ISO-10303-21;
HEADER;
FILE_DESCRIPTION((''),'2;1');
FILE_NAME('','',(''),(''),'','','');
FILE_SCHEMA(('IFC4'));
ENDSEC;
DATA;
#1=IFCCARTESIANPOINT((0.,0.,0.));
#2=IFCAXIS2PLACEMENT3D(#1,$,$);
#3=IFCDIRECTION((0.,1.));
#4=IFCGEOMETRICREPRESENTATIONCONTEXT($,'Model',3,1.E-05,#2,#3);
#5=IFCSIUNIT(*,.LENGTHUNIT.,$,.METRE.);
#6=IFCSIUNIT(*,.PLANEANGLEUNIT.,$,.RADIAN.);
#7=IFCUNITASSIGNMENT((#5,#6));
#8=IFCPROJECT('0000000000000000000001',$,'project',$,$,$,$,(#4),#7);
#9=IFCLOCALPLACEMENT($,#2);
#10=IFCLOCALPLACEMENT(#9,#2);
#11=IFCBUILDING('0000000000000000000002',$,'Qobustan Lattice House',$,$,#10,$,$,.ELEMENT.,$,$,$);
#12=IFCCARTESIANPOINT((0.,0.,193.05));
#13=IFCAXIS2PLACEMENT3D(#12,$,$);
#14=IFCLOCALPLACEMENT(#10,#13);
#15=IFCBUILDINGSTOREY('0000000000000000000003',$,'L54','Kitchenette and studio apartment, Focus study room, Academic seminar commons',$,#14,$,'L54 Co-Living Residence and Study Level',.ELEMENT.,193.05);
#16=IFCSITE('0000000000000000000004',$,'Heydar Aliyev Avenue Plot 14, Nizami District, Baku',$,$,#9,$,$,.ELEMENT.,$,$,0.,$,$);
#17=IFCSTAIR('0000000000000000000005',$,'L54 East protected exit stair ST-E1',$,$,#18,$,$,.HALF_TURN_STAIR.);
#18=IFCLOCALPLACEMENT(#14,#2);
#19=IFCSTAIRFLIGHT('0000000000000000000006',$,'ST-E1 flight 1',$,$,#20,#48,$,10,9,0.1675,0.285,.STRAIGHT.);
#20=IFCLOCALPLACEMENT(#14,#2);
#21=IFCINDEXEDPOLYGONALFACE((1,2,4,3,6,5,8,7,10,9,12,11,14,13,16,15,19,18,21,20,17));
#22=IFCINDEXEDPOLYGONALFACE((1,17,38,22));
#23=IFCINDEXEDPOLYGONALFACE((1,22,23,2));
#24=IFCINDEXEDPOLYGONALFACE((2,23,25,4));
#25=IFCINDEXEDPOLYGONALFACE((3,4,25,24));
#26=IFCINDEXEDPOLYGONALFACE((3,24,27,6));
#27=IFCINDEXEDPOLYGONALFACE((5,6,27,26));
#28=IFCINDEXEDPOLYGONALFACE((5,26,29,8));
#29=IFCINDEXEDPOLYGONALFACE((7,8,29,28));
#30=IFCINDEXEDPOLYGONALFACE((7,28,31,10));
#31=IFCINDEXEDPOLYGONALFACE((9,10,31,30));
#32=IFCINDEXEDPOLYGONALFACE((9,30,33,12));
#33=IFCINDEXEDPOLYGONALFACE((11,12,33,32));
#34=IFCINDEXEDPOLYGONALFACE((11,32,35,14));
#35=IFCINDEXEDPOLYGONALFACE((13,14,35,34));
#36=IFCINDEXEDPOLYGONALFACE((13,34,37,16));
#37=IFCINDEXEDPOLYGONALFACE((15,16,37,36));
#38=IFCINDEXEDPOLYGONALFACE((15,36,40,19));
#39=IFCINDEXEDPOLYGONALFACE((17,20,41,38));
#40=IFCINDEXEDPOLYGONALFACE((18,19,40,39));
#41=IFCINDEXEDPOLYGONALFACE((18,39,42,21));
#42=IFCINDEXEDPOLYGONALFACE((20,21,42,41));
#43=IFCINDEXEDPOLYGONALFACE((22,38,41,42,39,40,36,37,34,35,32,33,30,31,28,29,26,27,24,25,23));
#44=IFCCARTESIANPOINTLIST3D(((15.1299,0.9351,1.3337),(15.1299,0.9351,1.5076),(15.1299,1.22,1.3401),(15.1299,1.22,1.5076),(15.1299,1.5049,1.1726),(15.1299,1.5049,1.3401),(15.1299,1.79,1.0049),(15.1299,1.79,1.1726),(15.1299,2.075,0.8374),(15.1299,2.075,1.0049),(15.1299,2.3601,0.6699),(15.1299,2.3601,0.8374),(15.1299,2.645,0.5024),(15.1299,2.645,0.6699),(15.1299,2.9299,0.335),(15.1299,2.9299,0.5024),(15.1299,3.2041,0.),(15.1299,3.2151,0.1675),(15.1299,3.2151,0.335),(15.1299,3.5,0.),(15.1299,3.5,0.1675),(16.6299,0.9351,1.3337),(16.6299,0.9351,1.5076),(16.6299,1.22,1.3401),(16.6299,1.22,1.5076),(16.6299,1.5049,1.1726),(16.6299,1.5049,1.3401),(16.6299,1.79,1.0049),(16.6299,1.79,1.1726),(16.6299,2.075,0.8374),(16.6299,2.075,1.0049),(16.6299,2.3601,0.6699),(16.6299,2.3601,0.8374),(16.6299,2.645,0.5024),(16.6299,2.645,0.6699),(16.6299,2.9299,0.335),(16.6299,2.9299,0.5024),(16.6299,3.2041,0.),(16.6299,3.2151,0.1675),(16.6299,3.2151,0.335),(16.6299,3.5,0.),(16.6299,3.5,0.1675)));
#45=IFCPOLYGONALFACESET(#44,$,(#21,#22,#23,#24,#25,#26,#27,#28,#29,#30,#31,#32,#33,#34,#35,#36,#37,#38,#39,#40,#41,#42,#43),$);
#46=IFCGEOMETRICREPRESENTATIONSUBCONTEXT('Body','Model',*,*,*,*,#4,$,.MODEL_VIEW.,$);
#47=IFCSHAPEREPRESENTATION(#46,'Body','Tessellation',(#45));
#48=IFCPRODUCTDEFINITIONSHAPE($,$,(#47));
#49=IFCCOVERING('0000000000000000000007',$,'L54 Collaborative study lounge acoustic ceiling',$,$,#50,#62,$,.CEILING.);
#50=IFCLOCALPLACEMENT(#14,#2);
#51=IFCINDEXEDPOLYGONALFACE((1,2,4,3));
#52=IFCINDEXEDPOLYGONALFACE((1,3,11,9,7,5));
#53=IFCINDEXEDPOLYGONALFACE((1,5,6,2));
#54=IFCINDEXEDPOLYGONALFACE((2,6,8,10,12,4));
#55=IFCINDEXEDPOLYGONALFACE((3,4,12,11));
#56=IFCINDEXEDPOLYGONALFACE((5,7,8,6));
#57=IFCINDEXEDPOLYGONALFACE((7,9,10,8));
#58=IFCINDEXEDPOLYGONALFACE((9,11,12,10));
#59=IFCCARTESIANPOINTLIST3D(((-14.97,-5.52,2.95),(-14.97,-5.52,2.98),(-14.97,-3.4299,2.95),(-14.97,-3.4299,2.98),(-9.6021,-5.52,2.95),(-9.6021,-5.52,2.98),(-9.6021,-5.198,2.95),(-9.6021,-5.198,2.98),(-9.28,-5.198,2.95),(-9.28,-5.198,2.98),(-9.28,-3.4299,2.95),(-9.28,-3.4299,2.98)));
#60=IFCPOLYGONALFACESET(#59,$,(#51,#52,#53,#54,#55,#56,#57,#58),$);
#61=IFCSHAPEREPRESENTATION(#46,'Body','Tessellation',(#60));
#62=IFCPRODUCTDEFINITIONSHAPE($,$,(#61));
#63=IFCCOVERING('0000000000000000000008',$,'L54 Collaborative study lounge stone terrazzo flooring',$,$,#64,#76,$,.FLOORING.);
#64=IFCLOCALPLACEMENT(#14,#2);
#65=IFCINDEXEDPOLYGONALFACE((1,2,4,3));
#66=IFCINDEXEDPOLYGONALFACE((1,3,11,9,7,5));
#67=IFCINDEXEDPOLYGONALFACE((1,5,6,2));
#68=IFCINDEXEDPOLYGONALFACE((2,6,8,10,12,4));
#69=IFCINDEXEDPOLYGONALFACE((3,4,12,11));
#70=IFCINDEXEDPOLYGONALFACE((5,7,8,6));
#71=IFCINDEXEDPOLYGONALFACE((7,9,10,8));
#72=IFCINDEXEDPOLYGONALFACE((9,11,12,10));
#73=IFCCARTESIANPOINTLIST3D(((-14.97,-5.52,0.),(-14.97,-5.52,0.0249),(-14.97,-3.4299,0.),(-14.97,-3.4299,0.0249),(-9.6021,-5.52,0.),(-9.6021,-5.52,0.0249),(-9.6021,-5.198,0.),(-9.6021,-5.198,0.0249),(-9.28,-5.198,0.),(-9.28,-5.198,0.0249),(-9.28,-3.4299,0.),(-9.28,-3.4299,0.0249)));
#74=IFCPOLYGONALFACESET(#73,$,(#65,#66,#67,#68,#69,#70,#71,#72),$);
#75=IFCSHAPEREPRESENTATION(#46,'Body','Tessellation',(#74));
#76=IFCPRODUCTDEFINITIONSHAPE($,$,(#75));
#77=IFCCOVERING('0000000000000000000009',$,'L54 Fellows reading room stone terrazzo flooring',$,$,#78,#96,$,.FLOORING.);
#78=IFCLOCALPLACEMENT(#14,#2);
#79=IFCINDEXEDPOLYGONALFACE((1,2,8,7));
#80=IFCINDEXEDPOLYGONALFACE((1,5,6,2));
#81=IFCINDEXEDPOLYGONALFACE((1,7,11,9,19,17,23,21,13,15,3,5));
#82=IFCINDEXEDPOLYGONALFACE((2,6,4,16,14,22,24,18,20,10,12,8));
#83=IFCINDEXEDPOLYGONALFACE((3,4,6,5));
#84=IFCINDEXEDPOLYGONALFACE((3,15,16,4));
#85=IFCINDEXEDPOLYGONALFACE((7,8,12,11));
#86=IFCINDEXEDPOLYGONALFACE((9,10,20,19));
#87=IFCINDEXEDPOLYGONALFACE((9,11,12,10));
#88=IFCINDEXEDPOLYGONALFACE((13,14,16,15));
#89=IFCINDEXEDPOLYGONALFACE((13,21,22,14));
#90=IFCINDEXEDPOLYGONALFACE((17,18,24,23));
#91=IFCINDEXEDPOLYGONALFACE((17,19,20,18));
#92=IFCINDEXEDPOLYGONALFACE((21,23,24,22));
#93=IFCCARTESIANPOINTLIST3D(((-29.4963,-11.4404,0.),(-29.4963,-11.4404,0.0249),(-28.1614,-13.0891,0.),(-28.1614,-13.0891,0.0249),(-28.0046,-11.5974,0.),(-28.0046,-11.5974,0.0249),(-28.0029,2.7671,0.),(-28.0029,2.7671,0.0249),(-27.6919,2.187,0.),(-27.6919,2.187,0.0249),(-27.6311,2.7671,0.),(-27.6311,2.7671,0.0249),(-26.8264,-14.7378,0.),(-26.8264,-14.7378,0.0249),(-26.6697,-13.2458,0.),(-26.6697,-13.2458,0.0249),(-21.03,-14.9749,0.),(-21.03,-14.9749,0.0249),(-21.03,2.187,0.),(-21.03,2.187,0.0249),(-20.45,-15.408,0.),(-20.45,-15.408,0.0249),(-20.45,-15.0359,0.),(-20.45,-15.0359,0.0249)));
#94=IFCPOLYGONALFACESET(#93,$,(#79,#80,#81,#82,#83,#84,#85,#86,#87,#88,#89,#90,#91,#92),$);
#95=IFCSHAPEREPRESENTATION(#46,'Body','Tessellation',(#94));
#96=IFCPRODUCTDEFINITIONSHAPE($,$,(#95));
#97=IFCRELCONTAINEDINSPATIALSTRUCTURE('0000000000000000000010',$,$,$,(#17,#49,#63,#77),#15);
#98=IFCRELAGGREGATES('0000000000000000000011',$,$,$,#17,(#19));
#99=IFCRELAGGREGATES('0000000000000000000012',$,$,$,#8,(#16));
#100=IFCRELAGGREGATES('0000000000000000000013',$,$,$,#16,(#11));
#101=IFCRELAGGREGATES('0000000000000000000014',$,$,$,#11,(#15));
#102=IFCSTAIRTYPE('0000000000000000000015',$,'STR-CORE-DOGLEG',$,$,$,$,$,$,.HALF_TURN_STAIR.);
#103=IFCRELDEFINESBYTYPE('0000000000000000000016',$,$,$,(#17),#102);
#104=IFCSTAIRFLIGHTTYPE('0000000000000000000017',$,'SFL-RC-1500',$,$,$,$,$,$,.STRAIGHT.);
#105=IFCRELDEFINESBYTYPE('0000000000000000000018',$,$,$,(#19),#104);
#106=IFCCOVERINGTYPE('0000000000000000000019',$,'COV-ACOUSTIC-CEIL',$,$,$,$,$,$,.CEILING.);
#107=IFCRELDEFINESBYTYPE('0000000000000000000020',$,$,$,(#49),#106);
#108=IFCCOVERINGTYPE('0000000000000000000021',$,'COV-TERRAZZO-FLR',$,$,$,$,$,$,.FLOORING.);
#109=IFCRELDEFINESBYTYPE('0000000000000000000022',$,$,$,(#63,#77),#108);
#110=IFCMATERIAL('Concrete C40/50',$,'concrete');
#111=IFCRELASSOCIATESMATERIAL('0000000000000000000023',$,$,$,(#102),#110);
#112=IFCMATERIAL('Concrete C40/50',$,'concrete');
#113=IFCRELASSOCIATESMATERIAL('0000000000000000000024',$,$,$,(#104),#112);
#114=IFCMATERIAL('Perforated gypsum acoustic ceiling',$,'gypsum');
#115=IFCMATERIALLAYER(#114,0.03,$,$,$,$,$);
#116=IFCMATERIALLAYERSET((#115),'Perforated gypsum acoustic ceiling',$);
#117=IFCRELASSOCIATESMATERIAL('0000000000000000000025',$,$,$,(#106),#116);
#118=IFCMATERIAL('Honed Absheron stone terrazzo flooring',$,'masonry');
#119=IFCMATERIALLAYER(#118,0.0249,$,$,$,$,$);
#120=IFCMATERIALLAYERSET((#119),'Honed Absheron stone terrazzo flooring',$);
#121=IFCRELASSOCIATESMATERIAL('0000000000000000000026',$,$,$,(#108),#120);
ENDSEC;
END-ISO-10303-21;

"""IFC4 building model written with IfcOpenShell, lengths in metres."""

from ifc_helpers import new_model, si_unit, direction, frame, origin, place, context, subcontext, project, spatial, polyline, outline, extrude, material, layer, layer_set, type_object, element, aggregate, save


model = new_model("IFC4")

# Units and contexts
model_context = context("Model", 3, precision=1e-05, world=origin(), true_north=direction((0.0, 1.0)))
body_context = subcontext(model_context, "Body", "Model", "MODEL_VIEW")
ifc_project = project(units=[si_unit("LENGTHUNIT", "METRE"), si_unit("PLANEANGLEUNIT", "RADIAN")], contexts=[model_context])

# Site, building, storey
site_placement = place(None, origin())
site = spatial("IfcSite", under=ifc_project, at=site_placement, Name="Heydar Aliyev Avenue Plot 14, Nizami District, Baku", CompositionType="ELEMENT", RefElevation=0.0)
building_placement = place(site_placement, origin())
building = spatial("IfcBuilding", under=site, at=building_placement, Name="Qobustan Lattice House", CompositionType="ELEMENT")
storey_placement = place(building_placement, frame((0.0, 0.0, 193.05)))
storey = spatial("IfcBuildingStorey", under=building, at=storey_placement, Name="L54", Description="Kitchenette and studio apartment, Focus study room, Academic seminar commons", LongName="L54 Co-Living Residence and Study Level", CompositionType="ELEMENT", Elevation=193.05)

# Stair
ifc_material_1 = material(Name="Concrete C40/50", Category="concrete")
stair_type = type_object("IfcStairType", Name="STR-CORE-DOGLEG", PredefinedType="HALF_TURN_STAIR", material=ifc_material_1)
stair_placement = place(storey_placement, origin())
stair = element("IfcStair", 1, at=stair_placement, inside=storey, type_object=stair_type, Name="L54 East protected exit stair ST-E1", PredefinedType="HALF_TURN_STAIR")

# Stair flight
ifc_material_2 = material(Name="Concrete C40/50", Category="concrete")
stair_flight_type = type_object("IfcStairFlightType", Name="SFL-RC-1500", PredefinedType="STRAIGHT", material=ifc_material_2)
stair_flight_placement = place(storey_placement, frame((15.8799, 3.5, 0.0), z_axis=(0.0, 0.0, 1.0), x_axis=(0.0, -1.0, 0.0)))
stair_flight = element("IfcStairFlight", 2, at=stair_flight_placement, type_object=stair_flight_type, Name="ST-E1 flight 1", NumberOfRisers=10, NumberOfTreads=9, PredefinedType="STRAIGHT", RiserHeight=0.1675, TreadLength=0.285, context=body_context, shape_type="SweptSolid", body=[
    extrude(outline(polyline([(0.0, 0.0), (0.0, 0.1675), (0.2849, 0.1675), (0.2849, 0.335), (0.5701, 0.335), (0.5701, 0.5024), (0.855, 0.5024), (0.855, 0.6699), (1.1399, 0.6699), (1.1399, 0.8374), (1.425, 0.8374), (1.425, 1.0049), (1.71, 1.0049), (1.71, 1.1726), (1.9951, 1.1726), (1.9951, 1.3401), (2.28, 1.3401), (2.28, 1.5076), (2.5649, 1.5076), (2.5649, 1.675), (2.5649, 1.3337), (0.2959, 0.0), (0.0, 0.0)])), frame((0.0, 0.75, 0.0), z_axis=(0.0, -1.0, 0.0), x_axis=(1.0, 0.0, 0.0)), (0.0, 0.0, 1.0), 1.5),
])
aggregate(stair, [stair_flight])

# Coverings
ifc_material_3 = material(Name="Perforated gypsum acoustic ceiling", Category="gypsum")
ifc_layer_1 = layer(ifc_material_3, 0.03)
ifc_layer_set_1 = layer_set([ifc_layer_1], Name="Perforated gypsum acoustic ceiling")
covering_type_1 = type_object("IfcCoveringType", Name="COV-ACOUSTIC-CEIL", PredefinedType="CEILING", material=ifc_layer_set_1)
covering_1_placement = place(storey_placement, frame((0.0, 0.0, 2.95)))
element("IfcCovering", 3, at=covering_1_placement, inside=storey, type_object=covering_type_1, Name="L54 Collaborative study lounge acoustic ceiling", PredefinedType="CEILING", context=body_context, shape_type="SweptSolid", body=[
    extrude(outline(polyline([(-14.97, -3.4299), (-14.97, -5.52), (-9.6021, -5.52), (-9.6021, -5.198), (-9.28, -5.198), (-9.28, -3.4299), (-14.97, -3.4299)])), origin(), (0.0, 0.0, 1.0), 0.03),
])
ifc_material_4 = material(Name="Honed Absheron stone terrazzo flooring", Category="masonry")
ifc_layer_2 = layer(ifc_material_4, 0.0249)
ifc_layer_set_2 = layer_set([ifc_layer_2], Name="Honed Absheron stone terrazzo flooring")
covering_type_2 = type_object("IfcCoveringType", Name="COV-TERRAZZO-FLR", PredefinedType="FLOORING", material=ifc_layer_set_2)
covering_2_placement = place(storey_placement, origin())
element("IfcCovering", 4, at=covering_2_placement, inside=storey, type_object=covering_type_2, Name="L54 Collaborative study lounge stone terrazzo flooring", PredefinedType="FLOORING", context=body_context, shape_type="SweptSolid", body=[
    extrude(outline(polyline([(-14.97, -3.4299), (-14.97, -5.52), (-9.6021, -5.52), (-9.6021, -5.198), (-9.28, -5.198), (-9.28, -3.4299), (-14.97, -3.4299)])), origin(), (0.0, 0.0, 1.0), 0.0249),
])
covering_3_placement = place(storey_placement, origin())
element("IfcCovering", 5, at=covering_3_placement, inside=storey, type_object=covering_type_2, Name="L54 Fellows reading room stone terrazzo flooring", PredefinedType="FLOORING", context=body_context, shape_type="SweptSolid", body=[
    extrude(outline(polyline([(-26.6697, -13.2458), (-26.8264, -14.7378), (-20.45, -15.408), (-20.45, -15.0359), (-21.03, -14.9749), (-21.03, 2.187), (-27.6919, 2.187), (-27.6311, 2.7671), (-28.0029, 2.7671), (-29.4963, -11.4404), (-28.0046, -11.5974), (-28.1614, -13.0891), (-26.6697, -13.2458)])), origin(), (0.0, 0.0, 1.0), 0.0249),
])

save(model, "model.ifc")
